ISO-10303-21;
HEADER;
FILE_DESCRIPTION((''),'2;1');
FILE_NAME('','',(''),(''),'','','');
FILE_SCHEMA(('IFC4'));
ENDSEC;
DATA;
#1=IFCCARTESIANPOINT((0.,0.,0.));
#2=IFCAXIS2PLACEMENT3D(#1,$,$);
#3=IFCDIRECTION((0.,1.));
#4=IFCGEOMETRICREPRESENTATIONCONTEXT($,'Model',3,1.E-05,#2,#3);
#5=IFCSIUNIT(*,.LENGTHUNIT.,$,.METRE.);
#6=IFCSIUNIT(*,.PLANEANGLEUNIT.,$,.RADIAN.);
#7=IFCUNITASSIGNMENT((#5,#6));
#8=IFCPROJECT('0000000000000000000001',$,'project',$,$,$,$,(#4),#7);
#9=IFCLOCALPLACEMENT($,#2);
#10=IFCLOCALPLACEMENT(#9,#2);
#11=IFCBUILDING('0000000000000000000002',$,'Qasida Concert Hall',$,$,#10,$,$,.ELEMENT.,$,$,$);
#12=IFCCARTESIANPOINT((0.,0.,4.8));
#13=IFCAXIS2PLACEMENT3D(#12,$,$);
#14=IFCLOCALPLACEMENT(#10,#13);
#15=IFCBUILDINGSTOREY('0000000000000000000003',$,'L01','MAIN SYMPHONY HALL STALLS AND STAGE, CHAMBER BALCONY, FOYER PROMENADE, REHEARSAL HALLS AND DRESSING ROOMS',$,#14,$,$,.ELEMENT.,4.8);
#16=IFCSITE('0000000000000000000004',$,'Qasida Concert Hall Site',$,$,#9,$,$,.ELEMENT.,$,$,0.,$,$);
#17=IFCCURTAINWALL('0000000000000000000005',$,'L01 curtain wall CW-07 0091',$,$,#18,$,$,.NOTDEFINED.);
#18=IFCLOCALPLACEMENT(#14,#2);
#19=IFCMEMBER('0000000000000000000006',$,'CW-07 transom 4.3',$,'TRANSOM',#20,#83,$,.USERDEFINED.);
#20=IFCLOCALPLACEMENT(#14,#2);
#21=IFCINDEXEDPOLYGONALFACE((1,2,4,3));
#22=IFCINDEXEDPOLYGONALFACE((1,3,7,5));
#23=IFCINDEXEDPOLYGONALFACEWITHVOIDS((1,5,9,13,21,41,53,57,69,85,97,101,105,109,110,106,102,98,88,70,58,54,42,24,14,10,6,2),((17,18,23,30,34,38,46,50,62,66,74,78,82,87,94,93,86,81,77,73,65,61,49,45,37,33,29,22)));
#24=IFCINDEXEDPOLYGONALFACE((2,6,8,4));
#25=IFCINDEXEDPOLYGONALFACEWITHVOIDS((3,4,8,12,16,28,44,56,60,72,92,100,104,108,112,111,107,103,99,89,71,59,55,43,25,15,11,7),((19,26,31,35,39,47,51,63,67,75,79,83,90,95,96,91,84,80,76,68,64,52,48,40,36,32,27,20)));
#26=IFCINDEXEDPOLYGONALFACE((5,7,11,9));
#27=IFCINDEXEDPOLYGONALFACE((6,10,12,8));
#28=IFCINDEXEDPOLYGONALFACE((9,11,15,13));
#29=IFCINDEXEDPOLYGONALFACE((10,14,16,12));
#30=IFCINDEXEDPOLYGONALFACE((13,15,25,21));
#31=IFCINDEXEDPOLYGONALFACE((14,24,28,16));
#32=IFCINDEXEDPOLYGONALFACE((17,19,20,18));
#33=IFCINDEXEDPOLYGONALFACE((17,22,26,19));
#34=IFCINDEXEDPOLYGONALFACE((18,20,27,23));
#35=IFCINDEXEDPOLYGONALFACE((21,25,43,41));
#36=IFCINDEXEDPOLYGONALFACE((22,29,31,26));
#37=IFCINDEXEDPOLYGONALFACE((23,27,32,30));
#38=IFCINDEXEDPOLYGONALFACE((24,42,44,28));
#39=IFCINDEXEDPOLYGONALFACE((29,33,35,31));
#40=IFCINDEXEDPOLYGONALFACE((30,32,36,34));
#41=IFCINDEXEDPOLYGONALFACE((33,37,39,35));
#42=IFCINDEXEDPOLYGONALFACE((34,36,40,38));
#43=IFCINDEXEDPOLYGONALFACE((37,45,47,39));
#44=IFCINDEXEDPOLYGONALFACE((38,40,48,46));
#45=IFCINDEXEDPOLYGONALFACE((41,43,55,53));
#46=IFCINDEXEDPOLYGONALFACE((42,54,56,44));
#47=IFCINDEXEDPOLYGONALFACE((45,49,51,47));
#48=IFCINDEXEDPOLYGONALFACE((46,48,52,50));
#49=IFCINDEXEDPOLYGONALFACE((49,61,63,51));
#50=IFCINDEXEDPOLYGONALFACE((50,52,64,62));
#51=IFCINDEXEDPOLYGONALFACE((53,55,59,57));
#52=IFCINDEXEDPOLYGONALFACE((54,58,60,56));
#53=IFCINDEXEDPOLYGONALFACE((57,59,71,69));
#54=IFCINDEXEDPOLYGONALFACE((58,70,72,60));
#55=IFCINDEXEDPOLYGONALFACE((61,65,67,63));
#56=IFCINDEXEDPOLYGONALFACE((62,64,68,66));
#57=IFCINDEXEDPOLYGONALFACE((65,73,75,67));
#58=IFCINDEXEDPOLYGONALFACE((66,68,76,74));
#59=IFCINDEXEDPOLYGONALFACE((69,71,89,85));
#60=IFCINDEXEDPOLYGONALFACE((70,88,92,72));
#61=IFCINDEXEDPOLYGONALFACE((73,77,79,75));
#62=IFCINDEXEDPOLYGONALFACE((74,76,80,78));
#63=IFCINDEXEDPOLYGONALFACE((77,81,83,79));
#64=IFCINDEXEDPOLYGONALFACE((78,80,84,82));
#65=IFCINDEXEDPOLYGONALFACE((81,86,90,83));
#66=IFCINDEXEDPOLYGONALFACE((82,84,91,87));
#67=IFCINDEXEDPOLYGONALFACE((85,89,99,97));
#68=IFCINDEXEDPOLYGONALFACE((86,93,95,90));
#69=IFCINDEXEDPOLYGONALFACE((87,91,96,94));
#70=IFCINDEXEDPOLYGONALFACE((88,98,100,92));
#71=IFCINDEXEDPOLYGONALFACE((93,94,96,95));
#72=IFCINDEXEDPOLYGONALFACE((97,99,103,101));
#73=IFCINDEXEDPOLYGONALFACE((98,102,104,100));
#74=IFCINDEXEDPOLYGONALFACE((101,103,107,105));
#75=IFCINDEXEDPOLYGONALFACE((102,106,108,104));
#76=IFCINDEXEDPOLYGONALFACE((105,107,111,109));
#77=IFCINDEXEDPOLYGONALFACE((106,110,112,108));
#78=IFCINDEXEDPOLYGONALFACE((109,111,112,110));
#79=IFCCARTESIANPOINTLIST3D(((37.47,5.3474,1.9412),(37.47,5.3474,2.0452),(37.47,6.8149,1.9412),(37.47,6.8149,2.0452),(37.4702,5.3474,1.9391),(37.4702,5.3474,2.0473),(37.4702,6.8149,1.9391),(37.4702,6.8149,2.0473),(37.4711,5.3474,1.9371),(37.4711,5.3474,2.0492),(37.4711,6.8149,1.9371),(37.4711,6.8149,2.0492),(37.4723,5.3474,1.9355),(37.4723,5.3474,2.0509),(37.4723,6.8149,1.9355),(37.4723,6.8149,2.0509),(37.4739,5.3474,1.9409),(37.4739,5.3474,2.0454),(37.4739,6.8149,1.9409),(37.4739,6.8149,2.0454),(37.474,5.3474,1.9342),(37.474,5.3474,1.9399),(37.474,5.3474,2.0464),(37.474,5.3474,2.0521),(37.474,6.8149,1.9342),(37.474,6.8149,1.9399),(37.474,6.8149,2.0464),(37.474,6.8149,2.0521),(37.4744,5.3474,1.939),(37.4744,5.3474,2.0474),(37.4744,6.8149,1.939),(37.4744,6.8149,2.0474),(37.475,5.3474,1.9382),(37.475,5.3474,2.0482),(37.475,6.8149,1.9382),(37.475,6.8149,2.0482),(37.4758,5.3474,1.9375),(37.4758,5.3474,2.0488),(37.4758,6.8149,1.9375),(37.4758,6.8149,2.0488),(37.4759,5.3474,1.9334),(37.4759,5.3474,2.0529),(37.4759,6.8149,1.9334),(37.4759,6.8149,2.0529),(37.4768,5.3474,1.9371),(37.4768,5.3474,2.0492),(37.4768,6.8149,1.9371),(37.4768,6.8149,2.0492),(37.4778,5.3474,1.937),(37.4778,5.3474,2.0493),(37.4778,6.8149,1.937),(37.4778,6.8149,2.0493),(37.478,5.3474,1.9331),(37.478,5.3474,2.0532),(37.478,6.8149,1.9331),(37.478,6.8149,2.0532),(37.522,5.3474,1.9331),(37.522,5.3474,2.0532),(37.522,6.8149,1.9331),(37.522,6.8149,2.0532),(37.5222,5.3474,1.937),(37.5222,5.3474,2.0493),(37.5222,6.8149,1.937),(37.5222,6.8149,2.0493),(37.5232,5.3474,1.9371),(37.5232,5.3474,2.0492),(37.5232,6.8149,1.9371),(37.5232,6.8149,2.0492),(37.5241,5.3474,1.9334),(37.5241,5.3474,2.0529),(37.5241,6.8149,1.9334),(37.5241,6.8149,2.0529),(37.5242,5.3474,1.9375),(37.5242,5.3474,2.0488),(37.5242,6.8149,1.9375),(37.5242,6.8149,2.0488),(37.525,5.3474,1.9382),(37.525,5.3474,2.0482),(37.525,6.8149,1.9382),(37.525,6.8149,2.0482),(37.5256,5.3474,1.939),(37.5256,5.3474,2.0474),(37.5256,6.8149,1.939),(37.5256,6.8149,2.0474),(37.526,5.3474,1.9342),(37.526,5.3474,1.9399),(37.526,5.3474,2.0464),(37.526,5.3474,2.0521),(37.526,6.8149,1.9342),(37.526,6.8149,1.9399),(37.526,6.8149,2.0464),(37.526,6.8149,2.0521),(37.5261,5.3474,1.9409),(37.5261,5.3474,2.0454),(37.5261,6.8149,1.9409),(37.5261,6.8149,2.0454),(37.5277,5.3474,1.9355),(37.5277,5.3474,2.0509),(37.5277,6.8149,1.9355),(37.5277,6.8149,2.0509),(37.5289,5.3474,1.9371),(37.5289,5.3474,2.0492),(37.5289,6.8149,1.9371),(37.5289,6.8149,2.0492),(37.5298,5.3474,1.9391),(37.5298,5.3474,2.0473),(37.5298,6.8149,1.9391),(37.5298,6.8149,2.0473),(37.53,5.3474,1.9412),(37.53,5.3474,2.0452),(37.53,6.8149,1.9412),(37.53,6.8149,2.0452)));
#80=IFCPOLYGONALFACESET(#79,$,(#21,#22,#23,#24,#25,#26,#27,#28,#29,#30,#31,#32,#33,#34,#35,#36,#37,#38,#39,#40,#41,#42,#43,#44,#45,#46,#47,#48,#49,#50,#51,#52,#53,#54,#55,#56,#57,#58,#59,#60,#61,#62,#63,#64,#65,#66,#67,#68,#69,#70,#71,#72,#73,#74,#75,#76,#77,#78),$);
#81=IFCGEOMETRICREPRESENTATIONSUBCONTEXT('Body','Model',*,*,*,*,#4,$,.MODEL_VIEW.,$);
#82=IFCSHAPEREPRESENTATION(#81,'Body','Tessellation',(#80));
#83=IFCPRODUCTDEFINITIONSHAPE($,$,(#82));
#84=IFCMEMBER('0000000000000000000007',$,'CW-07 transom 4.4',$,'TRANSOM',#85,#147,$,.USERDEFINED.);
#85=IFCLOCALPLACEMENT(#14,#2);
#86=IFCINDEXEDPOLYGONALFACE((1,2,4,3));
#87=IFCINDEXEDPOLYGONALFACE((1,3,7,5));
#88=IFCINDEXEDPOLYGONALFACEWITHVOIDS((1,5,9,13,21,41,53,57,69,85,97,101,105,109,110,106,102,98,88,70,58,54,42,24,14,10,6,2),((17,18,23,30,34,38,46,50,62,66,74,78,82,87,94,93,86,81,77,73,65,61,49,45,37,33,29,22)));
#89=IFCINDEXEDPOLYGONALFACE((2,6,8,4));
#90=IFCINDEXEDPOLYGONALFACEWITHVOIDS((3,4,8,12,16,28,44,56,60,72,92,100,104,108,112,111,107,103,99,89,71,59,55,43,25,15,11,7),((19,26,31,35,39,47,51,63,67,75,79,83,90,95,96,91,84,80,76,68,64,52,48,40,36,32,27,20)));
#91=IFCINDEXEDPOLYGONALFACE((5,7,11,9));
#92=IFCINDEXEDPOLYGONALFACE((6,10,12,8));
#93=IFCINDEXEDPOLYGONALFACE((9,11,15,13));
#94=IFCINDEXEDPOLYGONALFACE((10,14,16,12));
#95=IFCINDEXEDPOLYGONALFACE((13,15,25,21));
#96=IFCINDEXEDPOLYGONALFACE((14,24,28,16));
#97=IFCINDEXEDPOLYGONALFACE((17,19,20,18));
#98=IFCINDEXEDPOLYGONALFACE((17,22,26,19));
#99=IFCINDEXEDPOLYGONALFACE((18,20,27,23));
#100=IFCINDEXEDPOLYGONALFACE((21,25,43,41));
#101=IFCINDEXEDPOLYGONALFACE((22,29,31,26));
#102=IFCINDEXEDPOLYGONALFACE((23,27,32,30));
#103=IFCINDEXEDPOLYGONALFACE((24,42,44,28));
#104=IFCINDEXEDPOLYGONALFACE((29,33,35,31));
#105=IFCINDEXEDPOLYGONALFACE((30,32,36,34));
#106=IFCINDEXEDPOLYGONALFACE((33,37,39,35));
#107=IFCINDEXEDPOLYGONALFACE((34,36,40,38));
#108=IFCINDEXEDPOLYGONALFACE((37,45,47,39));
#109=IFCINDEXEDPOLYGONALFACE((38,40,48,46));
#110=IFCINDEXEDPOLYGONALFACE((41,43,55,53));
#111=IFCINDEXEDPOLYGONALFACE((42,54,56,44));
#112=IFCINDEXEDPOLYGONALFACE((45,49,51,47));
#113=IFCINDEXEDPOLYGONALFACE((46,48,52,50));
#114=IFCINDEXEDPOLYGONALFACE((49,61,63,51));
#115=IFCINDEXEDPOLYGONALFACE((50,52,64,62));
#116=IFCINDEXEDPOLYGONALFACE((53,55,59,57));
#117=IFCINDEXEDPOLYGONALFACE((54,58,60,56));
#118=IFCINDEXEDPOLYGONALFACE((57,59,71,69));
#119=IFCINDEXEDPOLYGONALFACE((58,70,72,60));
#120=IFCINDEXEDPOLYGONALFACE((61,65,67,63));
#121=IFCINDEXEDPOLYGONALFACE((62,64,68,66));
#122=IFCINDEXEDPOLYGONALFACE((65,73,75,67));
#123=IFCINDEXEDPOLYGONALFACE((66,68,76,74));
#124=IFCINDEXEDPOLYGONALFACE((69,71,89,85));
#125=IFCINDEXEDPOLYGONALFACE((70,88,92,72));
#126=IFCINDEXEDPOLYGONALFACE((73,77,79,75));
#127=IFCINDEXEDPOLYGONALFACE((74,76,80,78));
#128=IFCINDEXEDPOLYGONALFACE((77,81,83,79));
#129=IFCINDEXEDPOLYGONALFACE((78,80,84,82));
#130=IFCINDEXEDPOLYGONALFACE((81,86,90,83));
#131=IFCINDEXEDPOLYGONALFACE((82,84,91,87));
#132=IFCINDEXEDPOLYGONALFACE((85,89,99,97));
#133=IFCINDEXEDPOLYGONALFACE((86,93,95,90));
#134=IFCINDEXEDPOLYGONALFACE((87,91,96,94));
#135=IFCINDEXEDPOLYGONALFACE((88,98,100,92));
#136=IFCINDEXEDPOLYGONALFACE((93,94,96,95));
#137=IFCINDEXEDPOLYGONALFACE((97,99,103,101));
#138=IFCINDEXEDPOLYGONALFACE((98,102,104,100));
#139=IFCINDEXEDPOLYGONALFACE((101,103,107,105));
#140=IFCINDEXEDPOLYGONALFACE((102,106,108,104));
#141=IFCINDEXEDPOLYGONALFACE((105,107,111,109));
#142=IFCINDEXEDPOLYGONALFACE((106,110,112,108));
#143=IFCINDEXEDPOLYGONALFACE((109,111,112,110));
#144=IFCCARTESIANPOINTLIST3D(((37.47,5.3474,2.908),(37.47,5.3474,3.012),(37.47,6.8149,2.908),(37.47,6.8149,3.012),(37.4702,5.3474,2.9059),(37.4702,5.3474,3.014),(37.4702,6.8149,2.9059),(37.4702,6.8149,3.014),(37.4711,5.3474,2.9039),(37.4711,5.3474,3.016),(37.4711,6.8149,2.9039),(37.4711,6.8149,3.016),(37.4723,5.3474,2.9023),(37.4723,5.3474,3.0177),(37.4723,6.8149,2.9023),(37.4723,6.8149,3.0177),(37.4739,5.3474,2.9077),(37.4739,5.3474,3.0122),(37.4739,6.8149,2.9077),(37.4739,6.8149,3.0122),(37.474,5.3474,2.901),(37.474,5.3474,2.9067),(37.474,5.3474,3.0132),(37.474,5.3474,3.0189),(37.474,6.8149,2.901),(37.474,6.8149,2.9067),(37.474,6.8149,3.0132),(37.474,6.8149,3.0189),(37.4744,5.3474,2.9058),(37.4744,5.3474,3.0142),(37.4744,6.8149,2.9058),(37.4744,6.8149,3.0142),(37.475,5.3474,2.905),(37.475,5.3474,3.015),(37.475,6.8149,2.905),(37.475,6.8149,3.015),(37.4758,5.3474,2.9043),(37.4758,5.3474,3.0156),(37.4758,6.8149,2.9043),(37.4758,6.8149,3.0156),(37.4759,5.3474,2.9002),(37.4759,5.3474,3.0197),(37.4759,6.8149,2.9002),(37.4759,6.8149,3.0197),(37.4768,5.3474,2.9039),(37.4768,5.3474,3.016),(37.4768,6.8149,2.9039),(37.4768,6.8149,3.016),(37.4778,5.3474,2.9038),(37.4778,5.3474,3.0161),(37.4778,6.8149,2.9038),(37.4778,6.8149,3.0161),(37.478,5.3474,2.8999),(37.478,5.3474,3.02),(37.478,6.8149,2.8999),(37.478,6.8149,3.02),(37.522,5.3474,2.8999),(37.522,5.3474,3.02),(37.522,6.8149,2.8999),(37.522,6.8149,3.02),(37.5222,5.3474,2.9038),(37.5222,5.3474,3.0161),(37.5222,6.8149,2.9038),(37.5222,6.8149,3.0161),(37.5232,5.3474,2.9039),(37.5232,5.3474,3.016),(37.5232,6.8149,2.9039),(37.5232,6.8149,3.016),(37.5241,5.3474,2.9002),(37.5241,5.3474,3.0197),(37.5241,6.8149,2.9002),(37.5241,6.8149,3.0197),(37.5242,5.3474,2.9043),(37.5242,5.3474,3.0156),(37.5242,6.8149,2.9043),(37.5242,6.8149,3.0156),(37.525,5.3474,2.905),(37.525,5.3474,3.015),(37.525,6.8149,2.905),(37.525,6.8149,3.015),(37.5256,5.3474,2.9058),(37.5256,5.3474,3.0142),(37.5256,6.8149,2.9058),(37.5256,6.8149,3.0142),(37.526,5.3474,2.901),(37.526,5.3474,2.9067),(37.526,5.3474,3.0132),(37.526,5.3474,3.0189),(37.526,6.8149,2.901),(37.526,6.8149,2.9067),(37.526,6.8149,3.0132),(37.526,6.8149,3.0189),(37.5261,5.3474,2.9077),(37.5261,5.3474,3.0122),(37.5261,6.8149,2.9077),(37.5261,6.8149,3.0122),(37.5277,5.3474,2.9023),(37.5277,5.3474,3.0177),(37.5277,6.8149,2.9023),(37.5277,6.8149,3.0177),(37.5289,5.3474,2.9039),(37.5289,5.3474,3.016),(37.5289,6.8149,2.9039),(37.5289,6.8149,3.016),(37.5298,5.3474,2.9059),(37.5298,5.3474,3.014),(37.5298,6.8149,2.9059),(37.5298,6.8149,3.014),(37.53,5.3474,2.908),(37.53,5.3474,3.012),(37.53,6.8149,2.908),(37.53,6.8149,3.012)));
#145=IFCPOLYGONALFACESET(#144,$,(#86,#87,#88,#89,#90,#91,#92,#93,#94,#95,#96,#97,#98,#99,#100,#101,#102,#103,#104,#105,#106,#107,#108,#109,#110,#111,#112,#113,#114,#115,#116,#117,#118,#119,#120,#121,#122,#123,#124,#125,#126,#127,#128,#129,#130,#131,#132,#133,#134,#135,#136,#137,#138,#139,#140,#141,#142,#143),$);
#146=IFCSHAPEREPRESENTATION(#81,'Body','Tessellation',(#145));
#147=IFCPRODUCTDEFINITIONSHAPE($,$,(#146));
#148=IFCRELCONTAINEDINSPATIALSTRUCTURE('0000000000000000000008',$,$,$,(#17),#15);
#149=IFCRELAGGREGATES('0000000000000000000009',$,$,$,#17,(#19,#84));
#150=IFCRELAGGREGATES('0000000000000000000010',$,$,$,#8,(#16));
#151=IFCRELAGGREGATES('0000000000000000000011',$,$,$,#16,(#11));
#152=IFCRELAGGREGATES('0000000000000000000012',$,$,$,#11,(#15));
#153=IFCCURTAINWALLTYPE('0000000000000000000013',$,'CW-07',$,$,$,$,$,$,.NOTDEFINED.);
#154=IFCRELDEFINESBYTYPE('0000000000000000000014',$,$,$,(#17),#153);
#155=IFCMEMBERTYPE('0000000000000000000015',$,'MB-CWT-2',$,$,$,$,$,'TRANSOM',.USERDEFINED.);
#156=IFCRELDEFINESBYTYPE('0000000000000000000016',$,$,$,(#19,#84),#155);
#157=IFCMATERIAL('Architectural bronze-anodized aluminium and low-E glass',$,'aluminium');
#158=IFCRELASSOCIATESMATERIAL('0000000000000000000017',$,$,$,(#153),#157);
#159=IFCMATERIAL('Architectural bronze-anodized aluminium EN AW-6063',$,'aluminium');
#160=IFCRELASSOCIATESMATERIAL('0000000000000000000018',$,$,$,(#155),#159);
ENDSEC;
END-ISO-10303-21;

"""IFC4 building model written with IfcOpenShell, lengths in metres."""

from ifc_helpers import new_model, si_unit, direction, frame, origin, origin_2d, place, context, subcontext, project, spatial, hollow_rectangle, extrude, material, material_profile, profile_set, type_object, element, aggregate, save


model = new_model("IFC4")

# Units and contexts
model_context = context("Model", 3, precision=1e-05, world=origin(), true_north=direction((0.0, 1.0)))
body_context = subcontext(model_context, "Body", "Model", "MODEL_VIEW")
ifc_project = project(units=[si_unit("LENGTHUNIT", "METRE"), si_unit("PLANEANGLEUNIT", "RADIAN")], contexts=[model_context])

# Site, building, storey
site_placement = place(None, origin())
site = spatial("IfcSite", under=ifc_project, at=site_placement, Name="Qasida Concert Hall Site", CompositionType="ELEMENT", RefElevation=0.0)
building_placement = place(site_placement, origin())
building = spatial("IfcBuilding", under=site, at=building_placement, Name="Qasida Concert Hall", CompositionType="ELEMENT")
storey_placement = place(building_placement, frame((0.0, 0.0, 4.8)))
storey = spatial("IfcBuildingStorey", under=building, at=storey_placement, Name="L01", Description="MAIN SYMPHONY HALL STALLS AND STAGE, CHAMBER BALCONY, FOYER PROMENADE, REHEARSAL HALLS AND DRESSING ROOMS", CompositionType="ELEMENT", Elevation=4.8)

# Curtain wall
ifc_material_1 = material(Name="Architectural bronze-anodized aluminium and low-E glass", Category="aluminium")
curtain_wall_type = type_object("IfcCurtainWallType", Name="CW-07", PredefinedType="NOTDEFINED", material=ifc_material_1)
curtain_wall_1_placement = place(storey_placement, origin())
curtain_wall_1 = element("IfcCurtainWall", 1, at=curtain_wall_1_placement, inside=storey, type_object=curtain_wall_type, Name="L01 curtain wall CW-07 0091", PredefinedType="NOTDEFINED")
ifc_material_2 = material(Name="Architectural bronze-anodized aluminium EN AW-6063", Category="aluminium")

# Members
ifc_material_profile_1 = material_profile(ifc_material_2, hollow_rectangle(XDim=0.0601, YDim=0.1201, WallThickness=0.0039, InnerFilletRadius=0.0039, OuterFilletRadius=0.0081, at=origin_2d()), Name="CWT 120x60x4")
ifc_profile_set_1 = profile_set([ifc_material_profile_1], Name="Architectural bronze-anodized aluminium EN AW-6063")
member_type_1 = type_object("IfcMemberType", Name="MB-CWT-2", ElementType="TRANSOM", PredefinedType="USERDEFINED", material=ifc_profile_set_1)
member_1_placement = place(storey_placement, frame((37.5, 5.3474, 1.9932), z_axis=(0.0, 1.0, 0.0), x_axis=(-1.0, 0.0, 0.0)))
member_1 = element("IfcMember", 2, at=member_1_placement, type_object=member_type_1, Name="CW-07 transom 4.3", ObjectType="TRANSOM", PredefinedType="USERDEFINED", context=body_context, shape_type="SweptSolid", body=[
    extrude(hollow_rectangle(XDim=0.0601, YDim=0.1201, WallThickness=0.0039, InnerFilletRadius=0.0039, OuterFilletRadius=0.0081, at=origin_2d()), origin(), (0.0, 0.0, 1.0), 1.4675),
])
member_2_placement = place(storey_placement, frame((37.5, 5.3474, 2.96), z_axis=(0.0, 1.0, 0.0), x_axis=(-1.0, 0.0, 0.0)))
member_2 = element("IfcMember", 3, at=member_2_placement, type_object=member_type_1, Name="CW-07 transom 4.4", ObjectType="TRANSOM", PredefinedType="USERDEFINED", context=body_context, shape_type="SweptSolid", body=[
    extrude(hollow_rectangle(XDim=0.0601, YDim=0.1201, WallThickness=0.0039, InnerFilletRadius=0.0039, OuterFilletRadius=0.0081, at=origin_2d()), origin(), (0.0, 0.0, 1.0), 1.4675),
])

aggregate(curtain_wall_1, [member_1, member_2])

save(model, "model.ifc")
